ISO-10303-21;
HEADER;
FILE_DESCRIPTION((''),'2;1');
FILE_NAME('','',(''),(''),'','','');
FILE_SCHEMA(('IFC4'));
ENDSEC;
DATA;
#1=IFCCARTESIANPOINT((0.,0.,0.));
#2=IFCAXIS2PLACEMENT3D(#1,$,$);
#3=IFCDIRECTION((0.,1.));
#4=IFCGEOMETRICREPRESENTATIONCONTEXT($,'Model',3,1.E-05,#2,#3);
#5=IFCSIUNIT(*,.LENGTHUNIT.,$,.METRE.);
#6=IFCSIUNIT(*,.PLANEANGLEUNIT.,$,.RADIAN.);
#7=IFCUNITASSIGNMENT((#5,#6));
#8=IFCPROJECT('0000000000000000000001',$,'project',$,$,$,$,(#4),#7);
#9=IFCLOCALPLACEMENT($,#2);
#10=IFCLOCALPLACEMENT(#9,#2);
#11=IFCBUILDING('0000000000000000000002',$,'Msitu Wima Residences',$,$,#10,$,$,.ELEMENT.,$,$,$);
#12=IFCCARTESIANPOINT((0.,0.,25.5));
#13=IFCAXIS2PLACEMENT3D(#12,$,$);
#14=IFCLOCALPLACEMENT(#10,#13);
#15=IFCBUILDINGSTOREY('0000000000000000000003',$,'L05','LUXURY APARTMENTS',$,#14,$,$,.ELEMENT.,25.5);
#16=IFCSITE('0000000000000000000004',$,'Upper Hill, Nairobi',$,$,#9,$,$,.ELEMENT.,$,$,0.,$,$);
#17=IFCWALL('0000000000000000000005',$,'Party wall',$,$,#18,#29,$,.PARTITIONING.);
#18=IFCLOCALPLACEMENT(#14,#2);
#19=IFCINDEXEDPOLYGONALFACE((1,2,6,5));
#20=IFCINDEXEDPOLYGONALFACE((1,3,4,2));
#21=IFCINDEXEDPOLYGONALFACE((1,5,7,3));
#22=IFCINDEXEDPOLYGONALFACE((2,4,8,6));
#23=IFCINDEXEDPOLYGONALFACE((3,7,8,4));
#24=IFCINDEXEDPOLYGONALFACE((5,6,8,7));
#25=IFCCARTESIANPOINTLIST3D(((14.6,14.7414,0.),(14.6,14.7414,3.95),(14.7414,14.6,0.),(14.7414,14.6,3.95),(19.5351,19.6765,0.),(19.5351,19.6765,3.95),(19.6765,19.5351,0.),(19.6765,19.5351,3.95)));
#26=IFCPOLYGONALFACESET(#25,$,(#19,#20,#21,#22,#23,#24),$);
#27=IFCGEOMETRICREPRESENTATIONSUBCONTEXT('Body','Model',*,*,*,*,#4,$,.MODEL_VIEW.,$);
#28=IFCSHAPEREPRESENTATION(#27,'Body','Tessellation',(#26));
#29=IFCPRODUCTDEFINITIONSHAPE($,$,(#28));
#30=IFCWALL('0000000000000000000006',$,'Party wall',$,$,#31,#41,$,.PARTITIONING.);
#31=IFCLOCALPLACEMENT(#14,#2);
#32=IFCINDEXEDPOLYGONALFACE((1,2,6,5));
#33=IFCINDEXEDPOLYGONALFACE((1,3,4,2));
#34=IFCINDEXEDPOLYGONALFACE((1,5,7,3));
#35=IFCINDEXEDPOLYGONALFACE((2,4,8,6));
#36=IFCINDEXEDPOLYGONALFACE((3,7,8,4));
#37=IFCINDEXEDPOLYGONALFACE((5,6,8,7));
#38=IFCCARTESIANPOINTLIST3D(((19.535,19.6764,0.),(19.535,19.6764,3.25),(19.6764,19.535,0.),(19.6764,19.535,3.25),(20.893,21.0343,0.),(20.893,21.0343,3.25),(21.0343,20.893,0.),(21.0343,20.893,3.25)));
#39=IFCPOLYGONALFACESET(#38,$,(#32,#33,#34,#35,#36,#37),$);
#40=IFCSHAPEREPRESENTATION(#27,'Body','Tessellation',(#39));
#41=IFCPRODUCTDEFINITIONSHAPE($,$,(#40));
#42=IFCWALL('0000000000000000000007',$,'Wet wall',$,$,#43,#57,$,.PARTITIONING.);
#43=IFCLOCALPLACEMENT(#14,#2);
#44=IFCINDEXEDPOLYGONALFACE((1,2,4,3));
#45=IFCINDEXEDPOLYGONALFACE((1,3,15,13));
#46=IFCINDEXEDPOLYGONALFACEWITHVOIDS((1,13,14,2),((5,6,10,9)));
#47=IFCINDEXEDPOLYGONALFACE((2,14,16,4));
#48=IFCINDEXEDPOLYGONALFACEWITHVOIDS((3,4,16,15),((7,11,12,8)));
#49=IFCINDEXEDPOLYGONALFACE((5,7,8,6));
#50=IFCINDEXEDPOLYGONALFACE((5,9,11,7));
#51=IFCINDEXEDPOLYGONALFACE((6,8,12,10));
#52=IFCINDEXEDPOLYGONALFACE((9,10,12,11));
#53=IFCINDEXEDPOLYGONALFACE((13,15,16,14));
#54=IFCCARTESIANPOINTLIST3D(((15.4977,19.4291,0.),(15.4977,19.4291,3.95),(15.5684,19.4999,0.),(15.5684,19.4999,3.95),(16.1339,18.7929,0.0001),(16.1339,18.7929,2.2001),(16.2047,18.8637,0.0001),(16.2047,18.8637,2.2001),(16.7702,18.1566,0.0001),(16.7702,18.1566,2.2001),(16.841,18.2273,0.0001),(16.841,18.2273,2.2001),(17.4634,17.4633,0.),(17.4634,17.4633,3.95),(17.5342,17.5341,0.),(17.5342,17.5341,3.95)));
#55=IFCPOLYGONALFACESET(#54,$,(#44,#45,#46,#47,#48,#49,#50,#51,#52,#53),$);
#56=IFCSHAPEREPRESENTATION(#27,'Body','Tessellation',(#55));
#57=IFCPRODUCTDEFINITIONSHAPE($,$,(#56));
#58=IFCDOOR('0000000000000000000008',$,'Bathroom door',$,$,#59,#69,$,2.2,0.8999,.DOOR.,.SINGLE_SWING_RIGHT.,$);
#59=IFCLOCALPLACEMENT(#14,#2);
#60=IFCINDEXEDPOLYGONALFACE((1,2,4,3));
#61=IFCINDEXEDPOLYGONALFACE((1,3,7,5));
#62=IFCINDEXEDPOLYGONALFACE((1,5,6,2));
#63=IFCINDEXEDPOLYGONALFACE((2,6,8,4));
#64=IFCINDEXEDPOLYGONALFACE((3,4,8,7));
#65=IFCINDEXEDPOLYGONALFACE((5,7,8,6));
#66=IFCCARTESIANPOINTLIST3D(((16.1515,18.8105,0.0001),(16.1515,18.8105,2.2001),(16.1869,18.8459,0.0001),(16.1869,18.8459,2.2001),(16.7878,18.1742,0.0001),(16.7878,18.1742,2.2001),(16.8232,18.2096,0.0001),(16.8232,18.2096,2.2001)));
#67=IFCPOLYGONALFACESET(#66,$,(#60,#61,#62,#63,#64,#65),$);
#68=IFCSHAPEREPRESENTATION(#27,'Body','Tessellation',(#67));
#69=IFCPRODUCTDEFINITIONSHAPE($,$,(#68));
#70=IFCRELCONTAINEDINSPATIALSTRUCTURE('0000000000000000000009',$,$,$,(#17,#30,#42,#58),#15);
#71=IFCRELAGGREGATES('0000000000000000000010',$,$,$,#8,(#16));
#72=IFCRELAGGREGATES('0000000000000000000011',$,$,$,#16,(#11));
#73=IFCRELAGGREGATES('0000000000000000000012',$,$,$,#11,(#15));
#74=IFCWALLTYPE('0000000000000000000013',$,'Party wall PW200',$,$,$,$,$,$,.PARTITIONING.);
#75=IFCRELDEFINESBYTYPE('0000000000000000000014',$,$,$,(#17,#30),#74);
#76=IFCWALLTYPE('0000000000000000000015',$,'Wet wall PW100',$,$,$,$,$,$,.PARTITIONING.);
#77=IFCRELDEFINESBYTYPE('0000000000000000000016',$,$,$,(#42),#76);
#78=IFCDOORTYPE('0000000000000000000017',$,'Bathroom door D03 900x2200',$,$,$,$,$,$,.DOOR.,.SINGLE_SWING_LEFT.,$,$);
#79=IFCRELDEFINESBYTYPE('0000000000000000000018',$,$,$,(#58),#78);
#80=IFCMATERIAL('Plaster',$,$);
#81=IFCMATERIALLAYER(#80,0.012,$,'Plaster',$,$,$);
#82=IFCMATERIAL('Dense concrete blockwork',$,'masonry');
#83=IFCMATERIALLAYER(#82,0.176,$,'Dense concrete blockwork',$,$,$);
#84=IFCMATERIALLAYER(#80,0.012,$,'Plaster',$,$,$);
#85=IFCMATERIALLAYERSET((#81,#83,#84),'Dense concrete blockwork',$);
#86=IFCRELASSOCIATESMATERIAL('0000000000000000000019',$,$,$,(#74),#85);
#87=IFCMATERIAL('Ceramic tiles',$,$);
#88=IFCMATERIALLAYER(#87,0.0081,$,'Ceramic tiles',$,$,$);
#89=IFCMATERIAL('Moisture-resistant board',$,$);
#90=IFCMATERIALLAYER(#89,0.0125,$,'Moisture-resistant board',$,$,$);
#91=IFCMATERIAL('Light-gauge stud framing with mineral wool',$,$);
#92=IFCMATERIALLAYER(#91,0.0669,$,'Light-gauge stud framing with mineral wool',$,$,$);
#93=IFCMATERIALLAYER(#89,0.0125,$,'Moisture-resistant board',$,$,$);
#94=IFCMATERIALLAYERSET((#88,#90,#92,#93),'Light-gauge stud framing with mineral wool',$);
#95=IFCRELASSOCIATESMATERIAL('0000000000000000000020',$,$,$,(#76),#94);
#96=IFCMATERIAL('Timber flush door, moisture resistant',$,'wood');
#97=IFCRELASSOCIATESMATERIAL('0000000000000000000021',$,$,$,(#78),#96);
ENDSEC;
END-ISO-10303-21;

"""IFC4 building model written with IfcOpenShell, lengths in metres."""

from ifc_helpers import new_model, si_unit, direction, frame, frame_2d, origin, place, context, subcontext, project, spatial, rectangle, extrude, material, layer, layer_set, type_object, element, fill, save


model = new_model("IFC4")

# Units and contexts
model_context = context("Model", 3, precision=1e-05, world=origin(), true_north=direction((0.0, 1.0)))
body_context = subcontext(model_context, "Body", "Model", "MODEL_VIEW")
ifc_project = project(units=[si_unit("LENGTHUNIT", "METRE"), si_unit("PLANEANGLEUNIT", "RADIAN")], contexts=[model_context])

# Site, building, storey
site_placement = place(None, origin())
site = spatial("IfcSite", under=ifc_project, at=site_placement, Name="Upper Hill, Nairobi", CompositionType="ELEMENT", RefElevation=0.0)
building_placement = place(site_placement, origin())
building = spatial("IfcBuilding", under=site, at=building_placement, Name="Msitu Wima Residences", CompositionType="ELEMENT")
storey_placement = place(building_placement, frame((0.0, 0.0, 25.5)))
storey = spatial("IfcBuildingStorey", under=building, at=storey_placement, Name="L05", Description="LUXURY APARTMENTS", CompositionType="ELEMENT", Elevation=25.5)

# Shared definitions
ifc_material_1 = material(Name="Plaster")

# Walls
ifc_layer_1 = layer(ifc_material_1, 0.012, Name="Plaster")
ifc_material_2 = material(Name="Dense concrete blockwork", Category="masonry")
ifc_layer_2 = layer(ifc_material_2, 0.176, Name="Dense concrete blockwork")
ifc_layer_3 = layer(ifc_material_1, 0.012, Name="Plaster")
ifc_layer_set_1 = layer_set([ifc_layer_1, ifc_layer_2, ifc_layer_3], Name="Dense concrete blockwork")
wall_type_1 = type_object("IfcWallType", Name="Party wall PW200", PredefinedType="PARTITIONING", material=ifc_layer_set_1)
wall_1_placement = place(storey_placement, frame((14.6707, 14.6707, 0.0), z_axis=(0.0, 0.0, 1.0), x_axis=(0.707107, 0.707107, 0.0)))
element("IfcWall", 1, at=wall_1_placement, inside=storey, type_object=wall_type_1, Name="Party wall", PredefinedType="PARTITIONING", context=body_context, shape_type="SweptSolid", body=[
    extrude(rectangle(XDim=6.9792, YDim=0.2, at=frame_2d((3.4897, 0.0))), origin(), (0.0, 0.0, 1.0), 3.95),
])
wall_2_placement = place(storey_placement, frame((19.6057, 19.6057, 0.0), z_axis=(0.0, 0.0, 1.0), x_axis=(0.707107, 0.707107, 0.0)))
element("IfcWall", 2, at=wall_2_placement, inside=storey, type_object=wall_type_1, Name="Party wall", PredefinedType="PARTITIONING", context=body_context, shape_type="SweptSolid", body=[
    extrude(rectangle(XDim=1.9204, YDim=0.2, at=frame_2d((0.9602, 0.0))), origin(), (0.0, 0.0, 1.0), 3.25),
])

# Wall, opening, door
ifc_material_3 = material(Name="Ceramic tiles")
ifc_layer_4 = layer(ifc_material_3, 0.0081, Name="Ceramic tiles")
ifc_material_4 = material(Name="Moisture-resistant board")
ifc_layer_5 = layer(ifc_material_4, 0.0125, Name="Moisture-resistant board")
ifc_material_5 = material(Name="Light-gauge stud framing with mineral wool")
ifc_layer_6 = layer(ifc_material_5, 0.0669, Name="Light-gauge stud framing with mineral wool")
ifc_layer_7 = layer(ifc_material_4, 0.0125, Name="Moisture-resistant board")
ifc_layer_set_2 = layer_set([ifc_layer_4, ifc_layer_5, ifc_layer_6, ifc_layer_7], Name="Light-gauge stud framing with mineral wool")
wall_type_2 = type_object("IfcWallType", Name="Wet wall PW100", PredefinedType="PARTITIONING", material=ifc_layer_set_2)
wall_3_placement = place(storey_placement, frame((15.533, 19.4646, 0.0), z_axis=(0.0, 0.0, 1.0), x_axis=(0.707107, -0.707107, 0.0)))
wall_3 = element("IfcWall", 3, at=wall_3_placement, inside=storey, type_object=wall_type_2, Name="Wet wall", PredefinedType="PARTITIONING", context=body_context, shape_type="SweptSolid", body=[
    extrude(rectangle(XDim=2.78, YDim=0.1001, at=frame_2d((1.3901, 0.0))), origin(), (0.0, 0.0, 1.0), 3.95),
])
opening_1_placement = place(wall_3_placement, frame((0.8999, 0.0, 0.0)))
opening_1 = element("IfcOpeningElement", 4, at=opening_1_placement, cuts=wall_3, PredefinedType="OPENING", context=body_context, shape_type="SweptSolid", body=[
    extrude(rectangle(XDim=0.8999, YDim=2.2, at=frame_2d((0.45, 1.1001))), frame((0.0, 0.0601, 0.0), z_axis=(0.0, -1.0, 0.0), x_axis=(1.0, 0.0, 0.0)), (0.0, 0.0, 1.0), 0.1201),
])
ifc_material_6 = material(Name="Timber flush door, moisture resistant", Category="wood")
door_type_1 = type_object("IfcDoorType", Name="Bathroom door D03 900x2200", OperationType="SINGLE_SWING_LEFT", PredefinedType="DOOR", material=ifc_material_6)
door_1_placement = place(opening_1_placement, origin())
door_1 = element("IfcDoor", 5, at=door_1_placement, inside=storey, type_object=door_type_1, Name="Bathroom door", OperationType="SINGLE_SWING_RIGHT", OverallHeight=2.2, OverallWidth=0.8999, PredefinedType="DOOR", context=body_context, shape_type="SweptSolid", body=[
    extrude(rectangle(XDim=0.8999, YDim=2.2, at=frame_2d((0.45, 1.1001))), frame((0.0, 0.0249, 0.0), z_axis=(0.0, -1.0, 0.0), x_axis=(1.0, 0.0, 0.0)), (0.0, 0.0, 1.0), 0.05),
])
fill(opening_1, door_1)

save(model, "model.ifc")
